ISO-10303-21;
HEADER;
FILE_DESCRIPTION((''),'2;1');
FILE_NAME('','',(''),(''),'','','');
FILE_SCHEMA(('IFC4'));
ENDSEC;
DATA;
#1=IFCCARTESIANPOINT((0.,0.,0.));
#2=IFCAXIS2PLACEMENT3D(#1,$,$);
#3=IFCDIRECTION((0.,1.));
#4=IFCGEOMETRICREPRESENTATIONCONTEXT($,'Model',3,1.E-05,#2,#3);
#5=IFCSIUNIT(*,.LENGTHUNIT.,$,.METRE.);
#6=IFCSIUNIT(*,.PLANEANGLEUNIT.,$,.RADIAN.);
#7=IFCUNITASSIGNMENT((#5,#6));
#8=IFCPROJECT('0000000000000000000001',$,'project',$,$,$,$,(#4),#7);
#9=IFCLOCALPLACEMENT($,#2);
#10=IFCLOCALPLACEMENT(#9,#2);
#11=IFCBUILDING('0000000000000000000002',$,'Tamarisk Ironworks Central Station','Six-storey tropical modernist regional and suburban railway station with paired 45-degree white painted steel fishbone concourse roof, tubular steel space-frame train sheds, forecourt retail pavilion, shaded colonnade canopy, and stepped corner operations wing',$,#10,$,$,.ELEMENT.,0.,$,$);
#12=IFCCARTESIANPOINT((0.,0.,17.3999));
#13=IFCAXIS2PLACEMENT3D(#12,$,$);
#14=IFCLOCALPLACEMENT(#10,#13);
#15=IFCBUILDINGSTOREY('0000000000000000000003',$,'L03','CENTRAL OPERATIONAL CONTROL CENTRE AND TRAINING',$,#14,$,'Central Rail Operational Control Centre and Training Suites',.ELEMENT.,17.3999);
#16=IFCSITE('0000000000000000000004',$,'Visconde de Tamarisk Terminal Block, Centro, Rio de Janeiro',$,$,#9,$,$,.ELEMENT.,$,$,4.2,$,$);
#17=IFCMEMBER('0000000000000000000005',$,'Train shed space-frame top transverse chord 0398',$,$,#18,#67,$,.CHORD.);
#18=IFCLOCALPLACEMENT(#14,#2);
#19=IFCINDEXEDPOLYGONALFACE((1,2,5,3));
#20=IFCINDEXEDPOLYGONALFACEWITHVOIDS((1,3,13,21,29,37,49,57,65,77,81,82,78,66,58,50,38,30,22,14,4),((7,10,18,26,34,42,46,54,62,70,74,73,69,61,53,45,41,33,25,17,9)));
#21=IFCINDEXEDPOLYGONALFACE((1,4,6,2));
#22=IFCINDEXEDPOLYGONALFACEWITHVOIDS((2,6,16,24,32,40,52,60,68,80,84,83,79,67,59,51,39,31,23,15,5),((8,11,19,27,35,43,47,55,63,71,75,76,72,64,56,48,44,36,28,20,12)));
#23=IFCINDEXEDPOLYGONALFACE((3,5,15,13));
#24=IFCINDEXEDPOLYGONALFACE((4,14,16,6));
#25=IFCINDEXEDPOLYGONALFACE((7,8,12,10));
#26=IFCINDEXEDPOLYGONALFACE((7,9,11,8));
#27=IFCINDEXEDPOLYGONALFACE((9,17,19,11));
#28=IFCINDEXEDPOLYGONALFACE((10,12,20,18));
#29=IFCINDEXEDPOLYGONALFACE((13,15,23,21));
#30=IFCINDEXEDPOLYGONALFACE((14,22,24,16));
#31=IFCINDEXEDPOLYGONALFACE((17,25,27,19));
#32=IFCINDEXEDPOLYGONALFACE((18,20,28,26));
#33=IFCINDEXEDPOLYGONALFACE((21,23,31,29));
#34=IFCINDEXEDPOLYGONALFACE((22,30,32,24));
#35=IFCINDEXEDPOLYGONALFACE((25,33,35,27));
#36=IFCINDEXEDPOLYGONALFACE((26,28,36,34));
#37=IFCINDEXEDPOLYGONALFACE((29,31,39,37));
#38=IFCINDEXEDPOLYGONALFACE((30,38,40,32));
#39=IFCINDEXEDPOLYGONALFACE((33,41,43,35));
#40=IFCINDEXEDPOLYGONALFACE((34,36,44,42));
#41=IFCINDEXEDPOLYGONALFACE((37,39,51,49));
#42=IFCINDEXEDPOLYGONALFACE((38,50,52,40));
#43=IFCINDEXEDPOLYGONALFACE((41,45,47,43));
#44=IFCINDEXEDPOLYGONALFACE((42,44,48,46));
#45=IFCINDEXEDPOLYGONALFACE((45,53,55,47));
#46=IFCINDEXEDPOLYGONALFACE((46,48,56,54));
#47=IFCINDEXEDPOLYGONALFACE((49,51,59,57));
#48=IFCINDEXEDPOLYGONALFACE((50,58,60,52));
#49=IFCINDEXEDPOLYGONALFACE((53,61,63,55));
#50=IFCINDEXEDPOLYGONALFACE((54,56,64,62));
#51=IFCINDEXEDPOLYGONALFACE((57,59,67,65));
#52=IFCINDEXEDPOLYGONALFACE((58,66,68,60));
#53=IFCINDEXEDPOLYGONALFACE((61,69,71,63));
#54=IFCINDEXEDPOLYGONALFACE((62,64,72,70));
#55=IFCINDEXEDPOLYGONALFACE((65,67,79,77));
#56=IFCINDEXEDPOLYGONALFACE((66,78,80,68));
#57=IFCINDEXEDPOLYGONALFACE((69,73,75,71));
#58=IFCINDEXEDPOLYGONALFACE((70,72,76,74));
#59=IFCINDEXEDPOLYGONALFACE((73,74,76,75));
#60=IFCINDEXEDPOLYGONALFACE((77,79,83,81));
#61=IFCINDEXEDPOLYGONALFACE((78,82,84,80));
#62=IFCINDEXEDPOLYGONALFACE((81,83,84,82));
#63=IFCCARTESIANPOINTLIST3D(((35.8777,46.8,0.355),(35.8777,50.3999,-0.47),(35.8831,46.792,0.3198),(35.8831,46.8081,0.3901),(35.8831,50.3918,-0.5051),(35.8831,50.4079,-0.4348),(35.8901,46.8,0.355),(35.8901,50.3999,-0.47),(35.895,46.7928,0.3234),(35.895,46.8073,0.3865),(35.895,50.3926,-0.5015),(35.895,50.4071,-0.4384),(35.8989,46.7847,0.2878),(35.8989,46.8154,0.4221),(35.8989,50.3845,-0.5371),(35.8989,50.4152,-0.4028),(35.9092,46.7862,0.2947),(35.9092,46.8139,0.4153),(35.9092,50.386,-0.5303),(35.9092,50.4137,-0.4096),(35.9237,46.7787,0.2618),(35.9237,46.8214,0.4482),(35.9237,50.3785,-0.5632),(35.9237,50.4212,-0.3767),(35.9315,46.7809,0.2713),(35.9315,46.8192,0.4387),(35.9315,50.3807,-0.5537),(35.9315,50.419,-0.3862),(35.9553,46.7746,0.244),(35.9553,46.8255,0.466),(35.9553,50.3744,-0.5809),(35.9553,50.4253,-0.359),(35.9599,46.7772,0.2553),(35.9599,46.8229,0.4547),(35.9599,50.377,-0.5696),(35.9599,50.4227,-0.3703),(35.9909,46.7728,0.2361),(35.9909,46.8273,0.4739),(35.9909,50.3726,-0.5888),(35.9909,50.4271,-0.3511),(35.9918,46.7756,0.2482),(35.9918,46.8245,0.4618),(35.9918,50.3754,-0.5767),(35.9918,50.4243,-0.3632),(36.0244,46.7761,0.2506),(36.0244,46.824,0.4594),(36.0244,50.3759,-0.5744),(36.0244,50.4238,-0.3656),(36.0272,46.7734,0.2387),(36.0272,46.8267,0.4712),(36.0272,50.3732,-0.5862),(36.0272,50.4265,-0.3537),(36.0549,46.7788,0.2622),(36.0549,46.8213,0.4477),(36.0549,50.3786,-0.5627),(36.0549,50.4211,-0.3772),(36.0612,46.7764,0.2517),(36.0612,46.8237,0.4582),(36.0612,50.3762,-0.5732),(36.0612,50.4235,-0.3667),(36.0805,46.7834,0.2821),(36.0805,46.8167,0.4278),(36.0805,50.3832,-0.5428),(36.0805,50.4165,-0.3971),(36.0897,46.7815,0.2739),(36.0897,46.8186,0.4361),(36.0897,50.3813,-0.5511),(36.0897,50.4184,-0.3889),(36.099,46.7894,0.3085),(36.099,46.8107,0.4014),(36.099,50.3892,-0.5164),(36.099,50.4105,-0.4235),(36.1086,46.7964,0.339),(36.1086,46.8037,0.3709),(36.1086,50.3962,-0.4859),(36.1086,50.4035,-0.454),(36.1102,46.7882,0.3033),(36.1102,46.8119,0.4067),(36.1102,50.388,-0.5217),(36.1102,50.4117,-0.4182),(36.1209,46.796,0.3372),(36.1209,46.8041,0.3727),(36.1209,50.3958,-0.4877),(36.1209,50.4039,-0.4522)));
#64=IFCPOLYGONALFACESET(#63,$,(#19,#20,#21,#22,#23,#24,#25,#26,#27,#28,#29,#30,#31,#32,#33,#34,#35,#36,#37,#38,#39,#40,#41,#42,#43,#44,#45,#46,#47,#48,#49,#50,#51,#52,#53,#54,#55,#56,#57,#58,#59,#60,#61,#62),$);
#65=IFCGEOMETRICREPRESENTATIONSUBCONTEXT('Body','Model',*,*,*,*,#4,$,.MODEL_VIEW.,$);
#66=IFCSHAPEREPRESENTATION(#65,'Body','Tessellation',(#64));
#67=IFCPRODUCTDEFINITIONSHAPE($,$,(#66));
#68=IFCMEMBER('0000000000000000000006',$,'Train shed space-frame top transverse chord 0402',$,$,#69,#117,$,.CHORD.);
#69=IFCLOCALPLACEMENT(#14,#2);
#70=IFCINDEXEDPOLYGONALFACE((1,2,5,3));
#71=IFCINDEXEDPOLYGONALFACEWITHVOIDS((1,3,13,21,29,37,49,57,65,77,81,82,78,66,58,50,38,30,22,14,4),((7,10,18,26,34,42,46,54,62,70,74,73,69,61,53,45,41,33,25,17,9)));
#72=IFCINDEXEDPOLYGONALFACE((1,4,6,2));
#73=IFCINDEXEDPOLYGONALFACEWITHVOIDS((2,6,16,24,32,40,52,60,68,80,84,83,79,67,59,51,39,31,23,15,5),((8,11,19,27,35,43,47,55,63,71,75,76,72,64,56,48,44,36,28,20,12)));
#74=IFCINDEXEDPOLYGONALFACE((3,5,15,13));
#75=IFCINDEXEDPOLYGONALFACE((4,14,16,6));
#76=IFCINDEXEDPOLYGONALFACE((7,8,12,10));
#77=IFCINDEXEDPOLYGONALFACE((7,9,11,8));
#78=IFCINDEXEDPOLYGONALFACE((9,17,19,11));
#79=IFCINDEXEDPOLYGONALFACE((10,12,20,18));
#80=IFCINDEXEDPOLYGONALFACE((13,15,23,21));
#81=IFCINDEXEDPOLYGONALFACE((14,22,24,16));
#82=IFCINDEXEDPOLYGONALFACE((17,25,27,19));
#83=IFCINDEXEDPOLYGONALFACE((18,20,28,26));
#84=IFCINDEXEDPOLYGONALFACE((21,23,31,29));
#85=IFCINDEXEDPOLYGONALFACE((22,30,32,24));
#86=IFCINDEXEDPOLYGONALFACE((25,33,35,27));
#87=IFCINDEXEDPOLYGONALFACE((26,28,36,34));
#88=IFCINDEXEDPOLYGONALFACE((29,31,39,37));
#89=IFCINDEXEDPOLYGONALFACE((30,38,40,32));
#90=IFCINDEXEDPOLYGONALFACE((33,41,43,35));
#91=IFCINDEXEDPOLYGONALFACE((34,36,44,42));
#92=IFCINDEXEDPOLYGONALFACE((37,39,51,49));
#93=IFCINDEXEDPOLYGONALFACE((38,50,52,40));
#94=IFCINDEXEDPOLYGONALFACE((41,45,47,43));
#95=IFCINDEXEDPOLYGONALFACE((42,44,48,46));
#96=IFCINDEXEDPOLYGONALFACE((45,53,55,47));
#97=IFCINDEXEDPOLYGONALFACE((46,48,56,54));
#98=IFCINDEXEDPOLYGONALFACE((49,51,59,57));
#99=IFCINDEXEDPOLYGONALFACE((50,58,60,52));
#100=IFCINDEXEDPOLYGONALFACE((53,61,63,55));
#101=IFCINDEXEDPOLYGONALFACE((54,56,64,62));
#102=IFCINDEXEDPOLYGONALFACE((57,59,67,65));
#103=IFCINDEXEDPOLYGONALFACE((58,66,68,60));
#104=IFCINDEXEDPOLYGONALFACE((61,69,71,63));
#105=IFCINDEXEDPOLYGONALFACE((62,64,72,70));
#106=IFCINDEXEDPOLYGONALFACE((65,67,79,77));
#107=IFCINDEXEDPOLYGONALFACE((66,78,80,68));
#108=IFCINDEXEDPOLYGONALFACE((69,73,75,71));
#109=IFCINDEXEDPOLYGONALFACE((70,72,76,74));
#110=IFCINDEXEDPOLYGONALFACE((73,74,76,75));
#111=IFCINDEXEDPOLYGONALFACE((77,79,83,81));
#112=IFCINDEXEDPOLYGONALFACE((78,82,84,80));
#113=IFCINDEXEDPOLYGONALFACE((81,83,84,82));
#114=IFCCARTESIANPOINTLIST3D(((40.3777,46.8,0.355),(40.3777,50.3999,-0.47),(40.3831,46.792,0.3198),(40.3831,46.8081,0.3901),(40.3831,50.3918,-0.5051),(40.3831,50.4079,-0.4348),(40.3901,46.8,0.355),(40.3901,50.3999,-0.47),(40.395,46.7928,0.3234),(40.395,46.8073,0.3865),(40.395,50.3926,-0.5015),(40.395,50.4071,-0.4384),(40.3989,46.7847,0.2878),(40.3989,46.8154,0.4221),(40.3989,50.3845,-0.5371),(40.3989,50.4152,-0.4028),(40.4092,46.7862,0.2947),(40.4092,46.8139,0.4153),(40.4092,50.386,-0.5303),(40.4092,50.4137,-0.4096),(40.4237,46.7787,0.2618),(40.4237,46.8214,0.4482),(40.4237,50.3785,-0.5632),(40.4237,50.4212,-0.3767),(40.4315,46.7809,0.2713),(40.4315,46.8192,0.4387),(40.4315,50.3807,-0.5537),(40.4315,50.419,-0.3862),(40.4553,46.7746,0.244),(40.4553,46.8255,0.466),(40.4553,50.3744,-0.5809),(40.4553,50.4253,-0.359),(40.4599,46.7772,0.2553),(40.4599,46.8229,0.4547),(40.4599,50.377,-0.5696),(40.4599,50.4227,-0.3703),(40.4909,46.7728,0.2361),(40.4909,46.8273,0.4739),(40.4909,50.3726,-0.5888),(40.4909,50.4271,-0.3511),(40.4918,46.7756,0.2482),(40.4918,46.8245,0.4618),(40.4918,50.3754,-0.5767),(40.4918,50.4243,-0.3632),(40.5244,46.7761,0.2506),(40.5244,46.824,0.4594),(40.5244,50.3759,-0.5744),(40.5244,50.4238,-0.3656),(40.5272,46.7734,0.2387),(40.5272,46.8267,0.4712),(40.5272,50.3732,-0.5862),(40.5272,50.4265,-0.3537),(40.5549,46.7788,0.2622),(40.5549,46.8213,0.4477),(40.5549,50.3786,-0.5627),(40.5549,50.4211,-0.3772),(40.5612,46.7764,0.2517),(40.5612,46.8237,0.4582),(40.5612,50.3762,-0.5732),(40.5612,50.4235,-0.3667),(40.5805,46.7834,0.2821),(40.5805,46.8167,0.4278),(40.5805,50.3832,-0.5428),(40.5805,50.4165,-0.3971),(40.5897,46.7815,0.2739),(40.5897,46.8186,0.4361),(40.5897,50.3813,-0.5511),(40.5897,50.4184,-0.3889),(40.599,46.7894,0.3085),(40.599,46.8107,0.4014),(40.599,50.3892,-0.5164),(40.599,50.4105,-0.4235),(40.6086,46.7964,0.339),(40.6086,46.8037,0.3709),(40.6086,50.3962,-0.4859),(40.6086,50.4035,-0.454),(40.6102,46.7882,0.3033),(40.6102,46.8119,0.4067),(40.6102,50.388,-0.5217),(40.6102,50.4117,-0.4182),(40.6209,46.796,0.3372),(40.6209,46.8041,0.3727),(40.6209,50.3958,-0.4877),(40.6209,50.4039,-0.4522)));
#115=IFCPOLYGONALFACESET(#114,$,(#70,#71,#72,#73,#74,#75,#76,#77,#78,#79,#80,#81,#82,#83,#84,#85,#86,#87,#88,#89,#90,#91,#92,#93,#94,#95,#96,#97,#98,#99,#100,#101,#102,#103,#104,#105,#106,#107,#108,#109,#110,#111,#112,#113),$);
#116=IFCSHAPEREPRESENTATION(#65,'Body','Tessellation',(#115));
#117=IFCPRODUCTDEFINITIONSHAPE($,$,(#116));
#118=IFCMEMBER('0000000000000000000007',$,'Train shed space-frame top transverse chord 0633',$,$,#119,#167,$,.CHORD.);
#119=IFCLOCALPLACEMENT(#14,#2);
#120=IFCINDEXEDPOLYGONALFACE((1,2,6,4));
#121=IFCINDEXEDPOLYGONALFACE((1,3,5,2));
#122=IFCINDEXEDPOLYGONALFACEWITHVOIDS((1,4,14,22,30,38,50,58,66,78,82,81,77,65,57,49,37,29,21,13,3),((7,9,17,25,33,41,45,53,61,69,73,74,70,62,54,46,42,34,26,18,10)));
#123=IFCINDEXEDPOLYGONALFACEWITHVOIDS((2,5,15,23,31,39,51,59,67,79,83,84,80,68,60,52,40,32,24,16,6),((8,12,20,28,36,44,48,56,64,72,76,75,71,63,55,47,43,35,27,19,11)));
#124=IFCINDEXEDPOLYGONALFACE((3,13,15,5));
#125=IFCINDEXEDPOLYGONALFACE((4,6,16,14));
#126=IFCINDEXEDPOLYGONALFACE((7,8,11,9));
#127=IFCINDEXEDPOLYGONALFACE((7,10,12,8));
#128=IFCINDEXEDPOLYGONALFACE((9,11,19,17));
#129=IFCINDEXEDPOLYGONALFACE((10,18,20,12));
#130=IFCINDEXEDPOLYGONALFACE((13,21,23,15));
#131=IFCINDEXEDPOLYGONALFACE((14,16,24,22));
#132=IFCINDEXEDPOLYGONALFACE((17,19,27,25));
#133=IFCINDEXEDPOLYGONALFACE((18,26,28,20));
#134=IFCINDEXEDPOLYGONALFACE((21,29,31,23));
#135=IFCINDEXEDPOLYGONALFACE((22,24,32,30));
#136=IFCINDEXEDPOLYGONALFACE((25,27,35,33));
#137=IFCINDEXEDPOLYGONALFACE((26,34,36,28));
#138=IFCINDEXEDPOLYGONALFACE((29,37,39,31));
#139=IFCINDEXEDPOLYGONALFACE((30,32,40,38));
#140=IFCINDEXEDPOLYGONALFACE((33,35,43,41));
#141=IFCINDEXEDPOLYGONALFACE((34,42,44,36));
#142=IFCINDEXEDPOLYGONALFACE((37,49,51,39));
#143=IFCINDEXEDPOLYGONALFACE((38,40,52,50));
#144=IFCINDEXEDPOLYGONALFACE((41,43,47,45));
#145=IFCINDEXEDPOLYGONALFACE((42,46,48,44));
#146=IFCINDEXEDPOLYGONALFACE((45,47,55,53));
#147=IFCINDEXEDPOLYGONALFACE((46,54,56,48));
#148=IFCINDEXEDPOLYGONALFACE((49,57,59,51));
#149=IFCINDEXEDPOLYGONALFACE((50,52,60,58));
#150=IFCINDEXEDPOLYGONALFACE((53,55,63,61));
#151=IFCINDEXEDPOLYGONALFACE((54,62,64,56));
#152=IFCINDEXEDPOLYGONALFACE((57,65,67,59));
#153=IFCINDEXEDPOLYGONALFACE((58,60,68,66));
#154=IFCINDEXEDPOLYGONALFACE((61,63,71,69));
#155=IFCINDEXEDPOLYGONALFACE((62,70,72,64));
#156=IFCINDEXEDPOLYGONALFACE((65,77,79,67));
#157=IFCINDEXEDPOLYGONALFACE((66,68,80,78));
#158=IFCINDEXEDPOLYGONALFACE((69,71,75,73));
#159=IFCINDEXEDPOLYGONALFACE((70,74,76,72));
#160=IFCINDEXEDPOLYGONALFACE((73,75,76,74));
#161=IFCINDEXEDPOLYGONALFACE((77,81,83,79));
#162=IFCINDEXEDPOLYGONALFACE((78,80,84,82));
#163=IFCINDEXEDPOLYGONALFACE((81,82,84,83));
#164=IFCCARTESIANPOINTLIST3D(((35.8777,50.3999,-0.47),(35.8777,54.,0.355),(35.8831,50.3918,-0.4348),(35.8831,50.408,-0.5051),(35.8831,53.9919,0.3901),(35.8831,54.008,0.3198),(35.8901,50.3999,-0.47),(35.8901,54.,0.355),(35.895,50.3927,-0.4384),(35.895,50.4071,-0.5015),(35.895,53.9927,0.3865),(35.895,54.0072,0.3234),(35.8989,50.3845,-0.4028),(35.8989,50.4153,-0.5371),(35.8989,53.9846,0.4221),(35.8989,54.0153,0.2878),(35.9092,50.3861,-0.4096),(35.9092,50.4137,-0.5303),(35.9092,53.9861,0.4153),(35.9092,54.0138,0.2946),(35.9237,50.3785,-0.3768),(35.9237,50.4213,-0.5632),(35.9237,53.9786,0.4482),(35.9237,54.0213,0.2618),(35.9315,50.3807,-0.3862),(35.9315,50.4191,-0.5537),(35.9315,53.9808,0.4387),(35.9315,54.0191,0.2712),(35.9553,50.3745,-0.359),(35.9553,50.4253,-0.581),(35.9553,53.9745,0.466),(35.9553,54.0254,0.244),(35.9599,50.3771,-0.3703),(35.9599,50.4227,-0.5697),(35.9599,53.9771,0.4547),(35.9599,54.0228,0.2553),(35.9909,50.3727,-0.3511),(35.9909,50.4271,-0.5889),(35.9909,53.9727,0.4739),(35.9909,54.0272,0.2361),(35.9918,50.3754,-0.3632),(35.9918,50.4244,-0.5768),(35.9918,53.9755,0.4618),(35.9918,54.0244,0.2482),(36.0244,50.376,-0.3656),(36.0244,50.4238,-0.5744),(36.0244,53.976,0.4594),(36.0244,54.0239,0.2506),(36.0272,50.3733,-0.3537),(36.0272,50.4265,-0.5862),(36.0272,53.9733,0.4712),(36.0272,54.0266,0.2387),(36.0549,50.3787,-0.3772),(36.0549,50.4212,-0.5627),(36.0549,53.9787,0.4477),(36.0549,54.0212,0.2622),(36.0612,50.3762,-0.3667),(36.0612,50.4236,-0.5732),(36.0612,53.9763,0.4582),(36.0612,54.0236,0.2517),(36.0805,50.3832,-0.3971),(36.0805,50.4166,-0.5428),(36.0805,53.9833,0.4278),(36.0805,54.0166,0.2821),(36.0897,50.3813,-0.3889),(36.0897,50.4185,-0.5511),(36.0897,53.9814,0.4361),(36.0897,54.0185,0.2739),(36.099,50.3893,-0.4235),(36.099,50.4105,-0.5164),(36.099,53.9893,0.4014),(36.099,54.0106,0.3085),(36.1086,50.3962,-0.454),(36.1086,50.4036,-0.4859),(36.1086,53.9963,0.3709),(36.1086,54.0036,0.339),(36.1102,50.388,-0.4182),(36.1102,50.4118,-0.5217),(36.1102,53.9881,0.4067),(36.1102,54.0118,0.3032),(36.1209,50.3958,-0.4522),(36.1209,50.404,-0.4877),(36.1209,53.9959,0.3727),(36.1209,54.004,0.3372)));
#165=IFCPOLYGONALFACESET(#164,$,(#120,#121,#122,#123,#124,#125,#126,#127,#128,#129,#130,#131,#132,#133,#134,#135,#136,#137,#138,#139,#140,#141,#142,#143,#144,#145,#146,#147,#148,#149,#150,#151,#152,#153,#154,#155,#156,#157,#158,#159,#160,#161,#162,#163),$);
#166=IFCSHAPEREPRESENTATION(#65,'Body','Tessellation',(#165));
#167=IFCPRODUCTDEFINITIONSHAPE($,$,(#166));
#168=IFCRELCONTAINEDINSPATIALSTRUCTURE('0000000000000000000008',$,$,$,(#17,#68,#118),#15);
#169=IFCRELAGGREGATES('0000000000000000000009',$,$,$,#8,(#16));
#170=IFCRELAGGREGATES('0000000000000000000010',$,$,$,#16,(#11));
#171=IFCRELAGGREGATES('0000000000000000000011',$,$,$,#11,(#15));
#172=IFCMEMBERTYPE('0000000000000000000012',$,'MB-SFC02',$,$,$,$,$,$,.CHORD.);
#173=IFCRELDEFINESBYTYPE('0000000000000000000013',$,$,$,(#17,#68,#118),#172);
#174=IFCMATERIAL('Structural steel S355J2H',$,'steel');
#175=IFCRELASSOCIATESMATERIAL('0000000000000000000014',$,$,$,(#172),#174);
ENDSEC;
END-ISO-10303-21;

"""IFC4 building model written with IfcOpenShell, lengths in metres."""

from ifc_helpers import new_model, si_unit, direction, frame, origin, origin_2d, place, context, subcontext, project, spatial, hollow_circle, extrude, material, material_profile, profile_set, type_object, element, save


model = new_model("IFC4")

# Units and contexts
model_context = context("Model", 3, precision=1e-05, world=origin(), true_north=direction((0.0, 1.0)))
body_context = subcontext(model_context, "Body", "Model", "MODEL_VIEW")
ifc_project = project(units=[si_unit("LENGTHUNIT", "METRE"), si_unit("PLANEANGLEUNIT", "RADIAN")], contexts=[model_context])

# Site, building, storey
site_placement = place(None, origin())
site = spatial("IfcSite", under=ifc_project, at=site_placement, Name="Visconde de Tamarisk Terminal Block, Centro, Rio de Janeiro", CompositionType="ELEMENT", RefElevation=4.2)
building_placement = place(site_placement, origin())
building = spatial("IfcBuilding", under=site, at=building_placement, Name="Tamarisk Ironworks Central Station", Description="Six-storey tropical modernist regional and suburban railway station with paired 45-degree white painted steel fishbone concourse roof, tubular steel space-frame train sheds, forecourt retail pavilion, shaded colonnade canopy, and stepped corner operations wing", CompositionType="ELEMENT", ElevationOfRefHeight=0.0)
storey_placement = place(building_placement, frame((0.0, 0.0, 17.3999)))
storey = spatial("IfcBuildingStorey", under=building, at=storey_placement, Name="L03", Description="CENTRAL OPERATIONAL CONTROL CENTRE AND TRAINING", LongName="Central Rail Operational Control Centre and Training Suites", CompositionType="ELEMENT", Elevation=17.3999)

# Members
ifc_material_1 = material(Name="Structural steel S355J2H", Category="steel")
ifc_material_profile_1 = material_profile(ifc_material_1, hollow_circle(Radius=0.1223, WallThickness=0.0125, at=origin_2d()), Name="CHS 244.5x12.5")
ifc_profile_set_1 = profile_set([ifc_material_profile_1], Name="Structural steel S355J2H")
member_type_1 = type_object("IfcMemberType", Name="MB-SFC02", PredefinedType="CHORD", material=ifc_profile_set_1)
for number, where, z_axis, x_axis, name in (
    (1, (36.0, 46.8, 0.355), (0.0, 0.974733, -0.223372), (-1.0, 0.0, 0.0), "Train shed space-frame top transverse chord 0398"),
    (2, (40.5, 46.8, 0.355), (0.0, 0.974733, -0.223372), (-1.0, 0.0, 0.0), "Train shed space-frame top transverse chord 0402"),
):
    element("IfcMember", number, at=place(storey_placement, frame(where, z_axis=z_axis, x_axis=x_axis)), inside=storey, type_object=member_type_1, Name=name, PredefinedType="CHORD", context=body_context, shape_type="SweptSolid", body=[
        extrude(hollow_circle(Radius=0.1223, WallThickness=0.0125, at=origin_2d()), origin(), (0.0, 0.0, 1.0), 3.6931),
    ])
for number, where, z_axis, x_axis, name in (
    (3, (36.0, 50.3999, -0.47), (0.0, 0.974737, 0.223358), (-1.0, 0.0, 0.0), "Train shed space-frame top transverse chord 0633"),
):
    element("IfcMember", number, at=place(storey_placement, frame(where, z_axis=z_axis, x_axis=x_axis)), inside=storey, type_object=member_type_1, Name=name, PredefinedType="CHORD", context=body_context, shape_type="SweptSolid", body=[
        extrude(hollow_circle(Radius=0.1223, WallThickness=0.0125, at=origin_2d()), origin(), (0.0, 0.0, 1.0), 3.6934),
    ])

save(model, "model.ifc")
